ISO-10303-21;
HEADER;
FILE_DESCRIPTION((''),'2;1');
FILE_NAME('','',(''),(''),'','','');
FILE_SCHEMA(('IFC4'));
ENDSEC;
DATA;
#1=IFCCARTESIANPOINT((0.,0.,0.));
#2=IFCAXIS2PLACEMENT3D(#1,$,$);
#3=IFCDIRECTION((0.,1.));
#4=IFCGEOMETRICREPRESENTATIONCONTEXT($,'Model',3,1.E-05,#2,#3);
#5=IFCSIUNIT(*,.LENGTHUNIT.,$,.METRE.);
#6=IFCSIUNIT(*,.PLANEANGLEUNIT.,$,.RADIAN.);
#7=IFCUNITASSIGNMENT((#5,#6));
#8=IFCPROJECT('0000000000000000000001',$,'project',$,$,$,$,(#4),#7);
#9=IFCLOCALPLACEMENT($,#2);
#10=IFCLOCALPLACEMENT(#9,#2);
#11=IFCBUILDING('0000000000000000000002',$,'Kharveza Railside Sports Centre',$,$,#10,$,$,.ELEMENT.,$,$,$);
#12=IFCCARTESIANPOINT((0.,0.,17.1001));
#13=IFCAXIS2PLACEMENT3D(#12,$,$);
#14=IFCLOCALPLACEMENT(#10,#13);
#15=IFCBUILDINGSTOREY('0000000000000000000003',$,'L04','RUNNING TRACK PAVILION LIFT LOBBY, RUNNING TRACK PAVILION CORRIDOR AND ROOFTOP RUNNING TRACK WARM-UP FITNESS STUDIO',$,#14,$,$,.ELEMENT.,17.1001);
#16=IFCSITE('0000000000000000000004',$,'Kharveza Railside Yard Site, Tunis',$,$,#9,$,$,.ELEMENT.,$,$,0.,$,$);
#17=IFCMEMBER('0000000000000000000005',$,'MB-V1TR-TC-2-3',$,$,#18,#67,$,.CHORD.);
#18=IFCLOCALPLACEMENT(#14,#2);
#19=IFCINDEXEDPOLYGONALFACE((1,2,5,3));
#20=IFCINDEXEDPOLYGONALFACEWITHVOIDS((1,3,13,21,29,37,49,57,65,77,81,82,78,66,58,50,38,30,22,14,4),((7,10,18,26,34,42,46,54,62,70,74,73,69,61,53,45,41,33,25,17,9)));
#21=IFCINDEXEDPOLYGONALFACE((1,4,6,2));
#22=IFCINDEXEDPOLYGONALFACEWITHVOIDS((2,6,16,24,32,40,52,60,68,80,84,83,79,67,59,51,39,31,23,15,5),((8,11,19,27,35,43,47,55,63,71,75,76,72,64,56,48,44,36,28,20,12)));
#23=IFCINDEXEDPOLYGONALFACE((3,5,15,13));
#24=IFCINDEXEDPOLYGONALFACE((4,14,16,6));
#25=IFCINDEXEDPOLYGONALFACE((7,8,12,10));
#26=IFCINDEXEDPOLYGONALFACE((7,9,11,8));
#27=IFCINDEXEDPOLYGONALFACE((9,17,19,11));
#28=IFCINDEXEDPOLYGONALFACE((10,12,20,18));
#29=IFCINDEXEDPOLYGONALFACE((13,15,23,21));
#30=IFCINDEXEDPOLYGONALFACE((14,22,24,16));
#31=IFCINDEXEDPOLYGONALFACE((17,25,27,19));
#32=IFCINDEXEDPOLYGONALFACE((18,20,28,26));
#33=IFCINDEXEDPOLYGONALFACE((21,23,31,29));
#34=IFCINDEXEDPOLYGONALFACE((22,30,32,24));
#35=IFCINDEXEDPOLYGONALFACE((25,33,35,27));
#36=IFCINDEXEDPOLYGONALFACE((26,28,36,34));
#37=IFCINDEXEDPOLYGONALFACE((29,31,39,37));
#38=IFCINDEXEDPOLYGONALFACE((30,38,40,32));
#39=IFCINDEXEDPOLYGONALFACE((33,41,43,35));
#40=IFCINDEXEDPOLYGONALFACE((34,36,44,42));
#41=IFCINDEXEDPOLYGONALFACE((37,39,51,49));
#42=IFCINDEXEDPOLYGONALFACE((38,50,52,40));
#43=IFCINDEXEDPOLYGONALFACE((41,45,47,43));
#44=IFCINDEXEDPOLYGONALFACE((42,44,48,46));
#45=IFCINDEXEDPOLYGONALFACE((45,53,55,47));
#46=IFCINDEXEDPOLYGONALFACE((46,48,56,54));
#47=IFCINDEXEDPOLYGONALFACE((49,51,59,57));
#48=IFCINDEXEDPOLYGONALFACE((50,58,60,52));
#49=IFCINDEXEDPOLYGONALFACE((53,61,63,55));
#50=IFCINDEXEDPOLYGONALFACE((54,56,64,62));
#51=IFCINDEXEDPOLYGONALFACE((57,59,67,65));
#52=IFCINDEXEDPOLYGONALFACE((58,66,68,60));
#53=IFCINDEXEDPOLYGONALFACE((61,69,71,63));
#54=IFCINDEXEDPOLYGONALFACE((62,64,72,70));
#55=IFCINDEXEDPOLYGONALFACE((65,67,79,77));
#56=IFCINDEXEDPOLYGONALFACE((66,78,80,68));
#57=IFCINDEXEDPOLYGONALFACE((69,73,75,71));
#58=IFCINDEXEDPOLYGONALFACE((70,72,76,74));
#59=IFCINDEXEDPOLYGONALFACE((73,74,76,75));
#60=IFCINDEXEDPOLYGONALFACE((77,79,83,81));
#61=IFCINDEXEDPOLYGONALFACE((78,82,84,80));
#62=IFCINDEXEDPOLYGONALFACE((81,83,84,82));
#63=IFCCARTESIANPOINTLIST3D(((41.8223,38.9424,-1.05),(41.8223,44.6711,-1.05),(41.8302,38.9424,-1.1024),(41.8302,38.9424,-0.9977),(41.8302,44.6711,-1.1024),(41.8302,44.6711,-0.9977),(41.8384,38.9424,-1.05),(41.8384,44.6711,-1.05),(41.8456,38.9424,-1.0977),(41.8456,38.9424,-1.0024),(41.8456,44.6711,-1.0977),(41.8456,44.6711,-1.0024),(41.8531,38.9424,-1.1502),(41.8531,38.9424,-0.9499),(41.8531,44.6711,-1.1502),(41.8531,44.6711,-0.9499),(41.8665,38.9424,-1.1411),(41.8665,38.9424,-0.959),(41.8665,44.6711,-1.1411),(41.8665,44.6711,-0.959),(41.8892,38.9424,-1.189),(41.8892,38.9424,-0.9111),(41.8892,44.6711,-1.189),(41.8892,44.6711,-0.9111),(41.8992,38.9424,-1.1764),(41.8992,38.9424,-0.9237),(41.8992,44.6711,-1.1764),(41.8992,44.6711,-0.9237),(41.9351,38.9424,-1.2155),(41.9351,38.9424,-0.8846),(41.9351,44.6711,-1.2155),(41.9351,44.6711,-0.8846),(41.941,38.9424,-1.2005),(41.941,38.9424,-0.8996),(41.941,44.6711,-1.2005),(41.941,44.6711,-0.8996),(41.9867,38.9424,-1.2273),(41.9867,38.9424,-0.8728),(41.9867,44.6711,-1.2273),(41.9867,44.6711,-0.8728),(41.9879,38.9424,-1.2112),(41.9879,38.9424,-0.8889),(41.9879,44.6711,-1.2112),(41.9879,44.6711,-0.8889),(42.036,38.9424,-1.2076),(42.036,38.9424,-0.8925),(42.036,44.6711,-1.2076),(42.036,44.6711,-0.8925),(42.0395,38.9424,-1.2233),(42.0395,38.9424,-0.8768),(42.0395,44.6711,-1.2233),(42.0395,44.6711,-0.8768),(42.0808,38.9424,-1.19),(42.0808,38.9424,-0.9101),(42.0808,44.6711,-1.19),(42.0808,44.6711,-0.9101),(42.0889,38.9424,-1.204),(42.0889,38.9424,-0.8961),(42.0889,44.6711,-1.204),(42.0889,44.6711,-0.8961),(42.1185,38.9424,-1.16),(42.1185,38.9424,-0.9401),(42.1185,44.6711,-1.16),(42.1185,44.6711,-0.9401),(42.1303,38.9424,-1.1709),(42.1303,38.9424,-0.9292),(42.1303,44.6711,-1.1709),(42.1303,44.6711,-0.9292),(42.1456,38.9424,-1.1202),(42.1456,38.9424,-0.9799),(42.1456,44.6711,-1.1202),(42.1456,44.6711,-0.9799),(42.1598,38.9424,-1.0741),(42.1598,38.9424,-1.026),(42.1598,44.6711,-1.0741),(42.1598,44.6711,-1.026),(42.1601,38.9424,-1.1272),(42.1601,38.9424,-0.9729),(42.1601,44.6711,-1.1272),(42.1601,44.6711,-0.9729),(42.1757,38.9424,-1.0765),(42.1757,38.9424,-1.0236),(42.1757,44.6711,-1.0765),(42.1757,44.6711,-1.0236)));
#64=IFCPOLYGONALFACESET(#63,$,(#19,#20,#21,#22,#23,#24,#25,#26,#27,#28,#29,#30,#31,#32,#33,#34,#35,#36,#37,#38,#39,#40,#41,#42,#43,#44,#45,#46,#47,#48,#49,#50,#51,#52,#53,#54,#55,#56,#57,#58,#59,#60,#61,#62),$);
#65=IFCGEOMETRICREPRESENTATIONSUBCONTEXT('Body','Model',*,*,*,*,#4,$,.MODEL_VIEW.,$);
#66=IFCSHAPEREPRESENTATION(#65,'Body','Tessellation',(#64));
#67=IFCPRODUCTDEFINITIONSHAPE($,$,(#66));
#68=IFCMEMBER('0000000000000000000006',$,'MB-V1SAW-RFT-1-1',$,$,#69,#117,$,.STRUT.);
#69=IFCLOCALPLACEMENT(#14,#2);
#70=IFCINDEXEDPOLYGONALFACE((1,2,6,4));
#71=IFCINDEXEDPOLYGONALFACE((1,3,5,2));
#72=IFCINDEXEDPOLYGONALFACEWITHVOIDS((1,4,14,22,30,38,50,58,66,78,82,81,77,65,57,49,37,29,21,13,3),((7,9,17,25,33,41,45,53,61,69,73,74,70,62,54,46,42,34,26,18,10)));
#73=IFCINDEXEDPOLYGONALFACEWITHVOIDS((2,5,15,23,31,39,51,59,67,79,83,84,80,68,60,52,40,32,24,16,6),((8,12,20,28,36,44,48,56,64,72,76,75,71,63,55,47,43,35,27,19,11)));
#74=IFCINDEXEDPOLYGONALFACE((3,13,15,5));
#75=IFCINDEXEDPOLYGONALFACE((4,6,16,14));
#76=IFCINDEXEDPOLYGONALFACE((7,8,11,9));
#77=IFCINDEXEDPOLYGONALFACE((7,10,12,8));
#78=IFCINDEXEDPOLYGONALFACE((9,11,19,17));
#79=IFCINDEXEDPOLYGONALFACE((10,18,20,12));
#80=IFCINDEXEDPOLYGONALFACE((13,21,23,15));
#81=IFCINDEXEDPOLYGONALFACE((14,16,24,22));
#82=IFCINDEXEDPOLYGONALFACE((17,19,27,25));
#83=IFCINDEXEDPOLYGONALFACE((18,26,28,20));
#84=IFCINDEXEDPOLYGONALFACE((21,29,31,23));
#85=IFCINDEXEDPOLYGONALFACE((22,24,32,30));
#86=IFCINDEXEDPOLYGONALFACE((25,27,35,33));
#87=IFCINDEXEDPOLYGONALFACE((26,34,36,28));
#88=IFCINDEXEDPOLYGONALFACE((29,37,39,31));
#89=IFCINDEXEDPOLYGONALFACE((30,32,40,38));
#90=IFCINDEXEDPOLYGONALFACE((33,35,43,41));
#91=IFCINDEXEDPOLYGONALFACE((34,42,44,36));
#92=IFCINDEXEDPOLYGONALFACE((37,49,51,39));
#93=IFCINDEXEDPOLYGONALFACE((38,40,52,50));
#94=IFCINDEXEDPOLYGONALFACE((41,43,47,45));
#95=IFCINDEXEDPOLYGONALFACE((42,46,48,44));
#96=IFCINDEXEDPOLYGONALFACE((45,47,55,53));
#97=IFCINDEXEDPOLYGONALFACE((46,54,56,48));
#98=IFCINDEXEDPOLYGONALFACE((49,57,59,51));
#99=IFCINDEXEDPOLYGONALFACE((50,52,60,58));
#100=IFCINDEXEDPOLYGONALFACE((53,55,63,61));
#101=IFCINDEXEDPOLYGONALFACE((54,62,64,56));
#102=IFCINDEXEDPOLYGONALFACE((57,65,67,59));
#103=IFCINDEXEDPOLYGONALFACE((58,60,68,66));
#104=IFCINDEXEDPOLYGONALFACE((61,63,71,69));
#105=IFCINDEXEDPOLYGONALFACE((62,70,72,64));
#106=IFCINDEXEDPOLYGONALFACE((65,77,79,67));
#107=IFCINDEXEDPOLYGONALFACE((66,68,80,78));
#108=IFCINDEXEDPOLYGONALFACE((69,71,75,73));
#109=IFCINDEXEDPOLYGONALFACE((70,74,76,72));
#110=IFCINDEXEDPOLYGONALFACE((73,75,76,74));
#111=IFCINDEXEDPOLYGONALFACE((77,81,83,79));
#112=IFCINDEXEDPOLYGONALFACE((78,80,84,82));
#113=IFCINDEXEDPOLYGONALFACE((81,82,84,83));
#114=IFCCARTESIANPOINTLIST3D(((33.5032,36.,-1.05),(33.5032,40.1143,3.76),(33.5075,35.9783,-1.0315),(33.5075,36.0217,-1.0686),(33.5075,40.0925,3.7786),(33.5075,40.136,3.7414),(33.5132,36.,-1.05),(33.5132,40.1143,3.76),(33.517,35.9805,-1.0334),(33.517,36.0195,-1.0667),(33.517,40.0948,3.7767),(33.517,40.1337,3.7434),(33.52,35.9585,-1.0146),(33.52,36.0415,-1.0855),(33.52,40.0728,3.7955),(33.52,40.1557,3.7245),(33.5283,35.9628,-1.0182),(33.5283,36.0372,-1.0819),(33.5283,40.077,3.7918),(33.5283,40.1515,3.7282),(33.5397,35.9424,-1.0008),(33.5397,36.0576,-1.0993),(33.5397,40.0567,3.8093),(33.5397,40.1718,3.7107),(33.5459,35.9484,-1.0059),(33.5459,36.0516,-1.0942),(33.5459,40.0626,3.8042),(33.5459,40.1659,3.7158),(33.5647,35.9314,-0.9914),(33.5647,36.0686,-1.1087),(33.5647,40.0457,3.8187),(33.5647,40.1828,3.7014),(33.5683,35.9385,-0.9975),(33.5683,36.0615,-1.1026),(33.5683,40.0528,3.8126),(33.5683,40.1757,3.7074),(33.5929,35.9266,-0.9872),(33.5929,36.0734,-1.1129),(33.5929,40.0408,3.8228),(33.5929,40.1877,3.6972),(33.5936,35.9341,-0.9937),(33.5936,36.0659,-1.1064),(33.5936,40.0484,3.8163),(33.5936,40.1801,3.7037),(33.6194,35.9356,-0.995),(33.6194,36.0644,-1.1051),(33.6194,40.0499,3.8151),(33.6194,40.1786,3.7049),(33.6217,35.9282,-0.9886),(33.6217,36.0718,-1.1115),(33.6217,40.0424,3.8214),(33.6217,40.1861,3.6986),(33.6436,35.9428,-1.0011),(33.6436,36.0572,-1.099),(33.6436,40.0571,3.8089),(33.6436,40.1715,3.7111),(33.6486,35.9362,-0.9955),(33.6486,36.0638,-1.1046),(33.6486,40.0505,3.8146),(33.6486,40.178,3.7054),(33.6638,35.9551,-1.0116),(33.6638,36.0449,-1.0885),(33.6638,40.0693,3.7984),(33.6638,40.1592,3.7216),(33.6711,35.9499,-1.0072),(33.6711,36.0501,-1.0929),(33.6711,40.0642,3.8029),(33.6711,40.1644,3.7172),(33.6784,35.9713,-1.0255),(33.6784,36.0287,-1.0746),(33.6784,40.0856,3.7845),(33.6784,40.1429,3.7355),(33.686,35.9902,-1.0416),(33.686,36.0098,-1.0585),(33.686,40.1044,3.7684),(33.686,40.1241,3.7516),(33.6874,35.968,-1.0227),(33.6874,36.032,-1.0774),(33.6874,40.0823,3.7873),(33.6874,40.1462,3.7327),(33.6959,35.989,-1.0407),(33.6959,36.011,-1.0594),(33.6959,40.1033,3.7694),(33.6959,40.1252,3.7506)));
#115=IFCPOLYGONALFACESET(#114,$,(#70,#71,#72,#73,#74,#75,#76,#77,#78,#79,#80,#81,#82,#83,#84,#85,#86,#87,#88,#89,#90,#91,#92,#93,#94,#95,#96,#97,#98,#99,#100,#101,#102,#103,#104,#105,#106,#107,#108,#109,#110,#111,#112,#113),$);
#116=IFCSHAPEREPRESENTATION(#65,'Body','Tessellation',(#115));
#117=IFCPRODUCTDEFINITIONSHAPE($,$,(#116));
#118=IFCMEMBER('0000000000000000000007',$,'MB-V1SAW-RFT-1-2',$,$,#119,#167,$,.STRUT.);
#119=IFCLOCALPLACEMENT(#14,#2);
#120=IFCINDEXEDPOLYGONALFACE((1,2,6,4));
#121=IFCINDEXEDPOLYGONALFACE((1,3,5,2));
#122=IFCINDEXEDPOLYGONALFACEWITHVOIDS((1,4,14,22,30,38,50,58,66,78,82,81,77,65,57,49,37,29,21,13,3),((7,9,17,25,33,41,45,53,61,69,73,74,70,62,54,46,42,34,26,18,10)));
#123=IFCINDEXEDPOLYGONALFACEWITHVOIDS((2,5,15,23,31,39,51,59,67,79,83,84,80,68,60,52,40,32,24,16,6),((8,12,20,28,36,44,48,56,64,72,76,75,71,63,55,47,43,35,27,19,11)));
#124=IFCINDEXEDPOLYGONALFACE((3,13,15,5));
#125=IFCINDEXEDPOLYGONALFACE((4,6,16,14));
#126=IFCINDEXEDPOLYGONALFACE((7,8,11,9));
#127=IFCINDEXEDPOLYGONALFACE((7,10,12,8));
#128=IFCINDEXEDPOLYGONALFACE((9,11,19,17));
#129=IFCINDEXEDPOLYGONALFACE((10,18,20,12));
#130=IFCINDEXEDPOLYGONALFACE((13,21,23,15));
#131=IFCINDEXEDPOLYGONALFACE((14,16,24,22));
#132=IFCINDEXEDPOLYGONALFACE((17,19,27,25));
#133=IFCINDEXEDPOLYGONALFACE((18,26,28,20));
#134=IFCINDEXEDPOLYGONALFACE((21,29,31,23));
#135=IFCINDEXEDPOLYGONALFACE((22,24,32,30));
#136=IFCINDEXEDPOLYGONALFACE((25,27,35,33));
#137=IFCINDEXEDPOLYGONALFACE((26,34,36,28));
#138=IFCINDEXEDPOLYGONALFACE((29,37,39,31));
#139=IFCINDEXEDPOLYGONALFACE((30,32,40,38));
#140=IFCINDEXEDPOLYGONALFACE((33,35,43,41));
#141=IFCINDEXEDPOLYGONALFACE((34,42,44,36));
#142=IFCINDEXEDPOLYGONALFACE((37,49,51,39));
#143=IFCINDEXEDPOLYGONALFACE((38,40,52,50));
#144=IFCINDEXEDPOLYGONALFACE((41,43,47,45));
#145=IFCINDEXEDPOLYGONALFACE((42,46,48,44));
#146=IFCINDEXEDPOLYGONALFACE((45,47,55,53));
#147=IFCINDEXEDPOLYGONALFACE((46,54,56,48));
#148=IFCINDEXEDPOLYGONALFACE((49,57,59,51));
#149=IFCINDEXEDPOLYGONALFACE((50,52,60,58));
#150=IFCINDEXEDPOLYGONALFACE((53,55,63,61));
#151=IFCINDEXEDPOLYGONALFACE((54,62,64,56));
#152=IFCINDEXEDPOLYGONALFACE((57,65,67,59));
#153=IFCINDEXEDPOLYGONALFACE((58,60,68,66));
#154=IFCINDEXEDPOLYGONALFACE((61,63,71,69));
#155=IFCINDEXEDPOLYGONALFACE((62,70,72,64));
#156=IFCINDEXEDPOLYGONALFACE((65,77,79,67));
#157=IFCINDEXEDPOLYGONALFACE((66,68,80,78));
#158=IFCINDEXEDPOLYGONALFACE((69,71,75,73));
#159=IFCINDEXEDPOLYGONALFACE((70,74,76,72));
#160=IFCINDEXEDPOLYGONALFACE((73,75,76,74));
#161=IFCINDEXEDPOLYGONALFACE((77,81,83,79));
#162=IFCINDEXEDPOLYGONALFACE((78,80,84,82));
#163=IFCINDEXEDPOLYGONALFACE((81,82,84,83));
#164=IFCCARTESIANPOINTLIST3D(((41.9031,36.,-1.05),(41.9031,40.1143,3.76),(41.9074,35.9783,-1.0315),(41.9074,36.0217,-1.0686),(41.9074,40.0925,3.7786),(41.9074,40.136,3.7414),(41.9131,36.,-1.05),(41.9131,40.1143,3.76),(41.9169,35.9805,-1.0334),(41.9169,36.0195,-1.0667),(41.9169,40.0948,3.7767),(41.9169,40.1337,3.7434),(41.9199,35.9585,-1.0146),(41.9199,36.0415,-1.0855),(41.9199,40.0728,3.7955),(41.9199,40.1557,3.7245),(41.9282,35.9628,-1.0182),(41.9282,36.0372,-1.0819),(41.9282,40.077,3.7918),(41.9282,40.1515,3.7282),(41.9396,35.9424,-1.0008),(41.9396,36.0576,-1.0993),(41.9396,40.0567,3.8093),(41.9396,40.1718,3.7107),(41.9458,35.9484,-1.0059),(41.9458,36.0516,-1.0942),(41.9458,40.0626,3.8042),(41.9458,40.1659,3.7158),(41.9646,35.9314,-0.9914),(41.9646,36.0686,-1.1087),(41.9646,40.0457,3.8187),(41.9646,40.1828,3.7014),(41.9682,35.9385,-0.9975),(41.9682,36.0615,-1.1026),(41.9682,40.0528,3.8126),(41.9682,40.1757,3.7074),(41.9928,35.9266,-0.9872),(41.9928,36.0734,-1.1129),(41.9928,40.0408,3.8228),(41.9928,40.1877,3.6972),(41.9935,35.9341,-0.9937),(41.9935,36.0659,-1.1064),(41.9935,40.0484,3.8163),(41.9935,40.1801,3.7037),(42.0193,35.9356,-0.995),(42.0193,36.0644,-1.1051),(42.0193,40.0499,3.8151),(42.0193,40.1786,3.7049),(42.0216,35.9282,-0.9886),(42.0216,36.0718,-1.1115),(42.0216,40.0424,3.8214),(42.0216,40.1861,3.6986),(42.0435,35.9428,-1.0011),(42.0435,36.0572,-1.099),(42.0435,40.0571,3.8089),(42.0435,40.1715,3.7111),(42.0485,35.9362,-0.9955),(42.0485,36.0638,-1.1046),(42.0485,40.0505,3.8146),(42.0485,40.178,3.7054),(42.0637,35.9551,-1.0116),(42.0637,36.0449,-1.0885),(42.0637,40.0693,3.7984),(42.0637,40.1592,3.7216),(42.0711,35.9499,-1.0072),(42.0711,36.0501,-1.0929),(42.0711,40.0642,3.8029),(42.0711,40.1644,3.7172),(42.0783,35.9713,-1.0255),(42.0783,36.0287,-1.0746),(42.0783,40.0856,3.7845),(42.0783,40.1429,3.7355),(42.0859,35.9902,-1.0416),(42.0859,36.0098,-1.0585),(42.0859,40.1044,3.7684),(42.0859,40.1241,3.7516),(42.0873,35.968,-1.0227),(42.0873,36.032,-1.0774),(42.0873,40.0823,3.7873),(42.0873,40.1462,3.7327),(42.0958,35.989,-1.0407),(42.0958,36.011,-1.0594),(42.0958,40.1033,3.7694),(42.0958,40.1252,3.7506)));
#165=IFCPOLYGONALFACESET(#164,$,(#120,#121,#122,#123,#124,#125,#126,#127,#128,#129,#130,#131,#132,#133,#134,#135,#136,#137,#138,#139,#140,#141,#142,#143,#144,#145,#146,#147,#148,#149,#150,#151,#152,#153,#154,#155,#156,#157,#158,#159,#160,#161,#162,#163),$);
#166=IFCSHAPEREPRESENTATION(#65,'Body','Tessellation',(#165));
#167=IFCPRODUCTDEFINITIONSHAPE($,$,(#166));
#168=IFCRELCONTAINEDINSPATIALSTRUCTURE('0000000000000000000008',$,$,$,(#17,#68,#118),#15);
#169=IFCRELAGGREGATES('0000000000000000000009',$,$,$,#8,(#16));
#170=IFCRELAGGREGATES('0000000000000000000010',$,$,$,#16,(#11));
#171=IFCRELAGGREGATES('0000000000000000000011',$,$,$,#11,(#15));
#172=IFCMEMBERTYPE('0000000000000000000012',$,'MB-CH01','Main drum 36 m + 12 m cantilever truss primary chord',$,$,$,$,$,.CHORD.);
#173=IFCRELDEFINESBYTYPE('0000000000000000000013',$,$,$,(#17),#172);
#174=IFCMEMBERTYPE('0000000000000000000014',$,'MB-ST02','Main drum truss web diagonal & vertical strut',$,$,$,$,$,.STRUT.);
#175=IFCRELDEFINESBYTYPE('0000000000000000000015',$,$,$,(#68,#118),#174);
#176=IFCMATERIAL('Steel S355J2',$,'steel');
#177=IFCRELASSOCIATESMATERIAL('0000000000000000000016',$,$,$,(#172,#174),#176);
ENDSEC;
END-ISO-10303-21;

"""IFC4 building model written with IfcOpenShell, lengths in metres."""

from ifc_helpers import new_model, si_unit, direction, frame, origin, origin_2d, place, context, subcontext, project, spatial, hollow_circle, extrude, material, material_profile, profile_set, type_object, element, save


model = new_model("IFC4")

# Units and contexts
model_context = context("Model", 3, precision=1e-05, world=origin(), true_north=direction((0.0, 1.0)))
body_context = subcontext(model_context, "Body", "Model", "MODEL_VIEW")
ifc_project = project(units=[si_unit("LENGTHUNIT", "METRE"), si_unit("PLANEANGLEUNIT", "RADIAN")], contexts=[model_context])

# Site, building, storey
site_placement = place(None, origin())
site = spatial("IfcSite", under=ifc_project, at=site_placement, Name="Kharveza Railside Yard Site, Tunis", CompositionType="ELEMENT", RefElevation=0.0)
building_placement = place(site_placement, origin())
building = spatial("IfcBuilding", under=site, at=building_placement, Name="Kharveza Railside Sports Centre", CompositionType="ELEMENT")
storey_placement = place(building_placement, frame((0.0, 0.0, 17.1001)))
storey = spatial("IfcBuildingStorey", under=building, at=storey_placement, Name="L04", Description="RUNNING TRACK PAVILION LIFT LOBBY, RUNNING TRACK PAVILION CORRIDOR AND ROOFTOP RUNNING TRACK WARM-UP FITNESS STUDIO", CompositionType="ELEMENT", Elevation=17.1001)

# Shared definitions
ifc_material_1 = material(Name="Steel S355J2", Category="steel")

# Members
ifc_material_profile_1 = material_profile(ifc_material_1, hollow_circle(Radius=0.1777, WallThickness=0.0161, at=origin_2d()), Name="CHS 355.6x16.0")
ifc_profile_set_1 = profile_set([ifc_material_profile_1], Name="Steel S355J2")
member_type_1 = type_object("IfcMemberType", Name="MB-CH01", Description="Main drum 36 m + 12 m cantilever truss primary chord", PredefinedType="CHORD", material=ifc_profile_set_1)
member_1_placement = place(storey_placement, frame((42.0, 38.9424, -1.05), z_axis=(0.0, 1.0, 0.0), x_axis=(-1.0, 0.0, 0.0)))
element("IfcMember", 1, at=member_1_placement, inside=storey, type_object=member_type_1, Name="MB-V1TR-TC-2-3", PredefinedType="CHORD", context=body_context, shape_type="SweptSolid", body=[
    extrude(hollow_circle(Radius=0.1777, WallThickness=0.0161, at=origin_2d()), origin(), (0.0, 0.0, 1.0), 5.7288),
])
ifc_material_profile_2 = material_profile(ifc_material_1, hollow_circle(Radius=0.0969, WallThickness=0.01, at=origin_2d()), Name="CHS 193.7x10.0")
ifc_profile_set_2 = profile_set([ifc_material_profile_2], Name="Steel S355J2")
member_type_2 = type_object("IfcMemberType", Name="MB-ST02", Description="Main drum truss web diagonal & vertical strut", PredefinedType="STRUT", material=ifc_profile_set_2)
for number, where, z_axis, x_axis, name in (
    (2, (33.6001, 36.0, -1.05), (0.0, 0.650003, 0.759931), (-1.0, 0.0, 0.0), "MB-V1SAW-RFT-1-1"),
    (3, (42.0, 36.0, -1.05), (0.0, 0.650003, 0.759931), (-1.0, 0.0, 0.0), "MB-V1SAW-RFT-1-2"),
):
    element("IfcMember", number, at=place(storey_placement, frame(where, z_axis=z_axis, x_axis=x_axis)), inside=storey, type_object=member_type_2, Name=name, PredefinedType="STRUT", context=body_context, shape_type="SweptSolid", body=[
        extrude(hollow_circle(Radius=0.0969, WallThickness=0.01, at=origin_2d()), origin(), (0.0, 0.0, 1.0), 6.3296),
    ])

save(model, "model.ifc")
